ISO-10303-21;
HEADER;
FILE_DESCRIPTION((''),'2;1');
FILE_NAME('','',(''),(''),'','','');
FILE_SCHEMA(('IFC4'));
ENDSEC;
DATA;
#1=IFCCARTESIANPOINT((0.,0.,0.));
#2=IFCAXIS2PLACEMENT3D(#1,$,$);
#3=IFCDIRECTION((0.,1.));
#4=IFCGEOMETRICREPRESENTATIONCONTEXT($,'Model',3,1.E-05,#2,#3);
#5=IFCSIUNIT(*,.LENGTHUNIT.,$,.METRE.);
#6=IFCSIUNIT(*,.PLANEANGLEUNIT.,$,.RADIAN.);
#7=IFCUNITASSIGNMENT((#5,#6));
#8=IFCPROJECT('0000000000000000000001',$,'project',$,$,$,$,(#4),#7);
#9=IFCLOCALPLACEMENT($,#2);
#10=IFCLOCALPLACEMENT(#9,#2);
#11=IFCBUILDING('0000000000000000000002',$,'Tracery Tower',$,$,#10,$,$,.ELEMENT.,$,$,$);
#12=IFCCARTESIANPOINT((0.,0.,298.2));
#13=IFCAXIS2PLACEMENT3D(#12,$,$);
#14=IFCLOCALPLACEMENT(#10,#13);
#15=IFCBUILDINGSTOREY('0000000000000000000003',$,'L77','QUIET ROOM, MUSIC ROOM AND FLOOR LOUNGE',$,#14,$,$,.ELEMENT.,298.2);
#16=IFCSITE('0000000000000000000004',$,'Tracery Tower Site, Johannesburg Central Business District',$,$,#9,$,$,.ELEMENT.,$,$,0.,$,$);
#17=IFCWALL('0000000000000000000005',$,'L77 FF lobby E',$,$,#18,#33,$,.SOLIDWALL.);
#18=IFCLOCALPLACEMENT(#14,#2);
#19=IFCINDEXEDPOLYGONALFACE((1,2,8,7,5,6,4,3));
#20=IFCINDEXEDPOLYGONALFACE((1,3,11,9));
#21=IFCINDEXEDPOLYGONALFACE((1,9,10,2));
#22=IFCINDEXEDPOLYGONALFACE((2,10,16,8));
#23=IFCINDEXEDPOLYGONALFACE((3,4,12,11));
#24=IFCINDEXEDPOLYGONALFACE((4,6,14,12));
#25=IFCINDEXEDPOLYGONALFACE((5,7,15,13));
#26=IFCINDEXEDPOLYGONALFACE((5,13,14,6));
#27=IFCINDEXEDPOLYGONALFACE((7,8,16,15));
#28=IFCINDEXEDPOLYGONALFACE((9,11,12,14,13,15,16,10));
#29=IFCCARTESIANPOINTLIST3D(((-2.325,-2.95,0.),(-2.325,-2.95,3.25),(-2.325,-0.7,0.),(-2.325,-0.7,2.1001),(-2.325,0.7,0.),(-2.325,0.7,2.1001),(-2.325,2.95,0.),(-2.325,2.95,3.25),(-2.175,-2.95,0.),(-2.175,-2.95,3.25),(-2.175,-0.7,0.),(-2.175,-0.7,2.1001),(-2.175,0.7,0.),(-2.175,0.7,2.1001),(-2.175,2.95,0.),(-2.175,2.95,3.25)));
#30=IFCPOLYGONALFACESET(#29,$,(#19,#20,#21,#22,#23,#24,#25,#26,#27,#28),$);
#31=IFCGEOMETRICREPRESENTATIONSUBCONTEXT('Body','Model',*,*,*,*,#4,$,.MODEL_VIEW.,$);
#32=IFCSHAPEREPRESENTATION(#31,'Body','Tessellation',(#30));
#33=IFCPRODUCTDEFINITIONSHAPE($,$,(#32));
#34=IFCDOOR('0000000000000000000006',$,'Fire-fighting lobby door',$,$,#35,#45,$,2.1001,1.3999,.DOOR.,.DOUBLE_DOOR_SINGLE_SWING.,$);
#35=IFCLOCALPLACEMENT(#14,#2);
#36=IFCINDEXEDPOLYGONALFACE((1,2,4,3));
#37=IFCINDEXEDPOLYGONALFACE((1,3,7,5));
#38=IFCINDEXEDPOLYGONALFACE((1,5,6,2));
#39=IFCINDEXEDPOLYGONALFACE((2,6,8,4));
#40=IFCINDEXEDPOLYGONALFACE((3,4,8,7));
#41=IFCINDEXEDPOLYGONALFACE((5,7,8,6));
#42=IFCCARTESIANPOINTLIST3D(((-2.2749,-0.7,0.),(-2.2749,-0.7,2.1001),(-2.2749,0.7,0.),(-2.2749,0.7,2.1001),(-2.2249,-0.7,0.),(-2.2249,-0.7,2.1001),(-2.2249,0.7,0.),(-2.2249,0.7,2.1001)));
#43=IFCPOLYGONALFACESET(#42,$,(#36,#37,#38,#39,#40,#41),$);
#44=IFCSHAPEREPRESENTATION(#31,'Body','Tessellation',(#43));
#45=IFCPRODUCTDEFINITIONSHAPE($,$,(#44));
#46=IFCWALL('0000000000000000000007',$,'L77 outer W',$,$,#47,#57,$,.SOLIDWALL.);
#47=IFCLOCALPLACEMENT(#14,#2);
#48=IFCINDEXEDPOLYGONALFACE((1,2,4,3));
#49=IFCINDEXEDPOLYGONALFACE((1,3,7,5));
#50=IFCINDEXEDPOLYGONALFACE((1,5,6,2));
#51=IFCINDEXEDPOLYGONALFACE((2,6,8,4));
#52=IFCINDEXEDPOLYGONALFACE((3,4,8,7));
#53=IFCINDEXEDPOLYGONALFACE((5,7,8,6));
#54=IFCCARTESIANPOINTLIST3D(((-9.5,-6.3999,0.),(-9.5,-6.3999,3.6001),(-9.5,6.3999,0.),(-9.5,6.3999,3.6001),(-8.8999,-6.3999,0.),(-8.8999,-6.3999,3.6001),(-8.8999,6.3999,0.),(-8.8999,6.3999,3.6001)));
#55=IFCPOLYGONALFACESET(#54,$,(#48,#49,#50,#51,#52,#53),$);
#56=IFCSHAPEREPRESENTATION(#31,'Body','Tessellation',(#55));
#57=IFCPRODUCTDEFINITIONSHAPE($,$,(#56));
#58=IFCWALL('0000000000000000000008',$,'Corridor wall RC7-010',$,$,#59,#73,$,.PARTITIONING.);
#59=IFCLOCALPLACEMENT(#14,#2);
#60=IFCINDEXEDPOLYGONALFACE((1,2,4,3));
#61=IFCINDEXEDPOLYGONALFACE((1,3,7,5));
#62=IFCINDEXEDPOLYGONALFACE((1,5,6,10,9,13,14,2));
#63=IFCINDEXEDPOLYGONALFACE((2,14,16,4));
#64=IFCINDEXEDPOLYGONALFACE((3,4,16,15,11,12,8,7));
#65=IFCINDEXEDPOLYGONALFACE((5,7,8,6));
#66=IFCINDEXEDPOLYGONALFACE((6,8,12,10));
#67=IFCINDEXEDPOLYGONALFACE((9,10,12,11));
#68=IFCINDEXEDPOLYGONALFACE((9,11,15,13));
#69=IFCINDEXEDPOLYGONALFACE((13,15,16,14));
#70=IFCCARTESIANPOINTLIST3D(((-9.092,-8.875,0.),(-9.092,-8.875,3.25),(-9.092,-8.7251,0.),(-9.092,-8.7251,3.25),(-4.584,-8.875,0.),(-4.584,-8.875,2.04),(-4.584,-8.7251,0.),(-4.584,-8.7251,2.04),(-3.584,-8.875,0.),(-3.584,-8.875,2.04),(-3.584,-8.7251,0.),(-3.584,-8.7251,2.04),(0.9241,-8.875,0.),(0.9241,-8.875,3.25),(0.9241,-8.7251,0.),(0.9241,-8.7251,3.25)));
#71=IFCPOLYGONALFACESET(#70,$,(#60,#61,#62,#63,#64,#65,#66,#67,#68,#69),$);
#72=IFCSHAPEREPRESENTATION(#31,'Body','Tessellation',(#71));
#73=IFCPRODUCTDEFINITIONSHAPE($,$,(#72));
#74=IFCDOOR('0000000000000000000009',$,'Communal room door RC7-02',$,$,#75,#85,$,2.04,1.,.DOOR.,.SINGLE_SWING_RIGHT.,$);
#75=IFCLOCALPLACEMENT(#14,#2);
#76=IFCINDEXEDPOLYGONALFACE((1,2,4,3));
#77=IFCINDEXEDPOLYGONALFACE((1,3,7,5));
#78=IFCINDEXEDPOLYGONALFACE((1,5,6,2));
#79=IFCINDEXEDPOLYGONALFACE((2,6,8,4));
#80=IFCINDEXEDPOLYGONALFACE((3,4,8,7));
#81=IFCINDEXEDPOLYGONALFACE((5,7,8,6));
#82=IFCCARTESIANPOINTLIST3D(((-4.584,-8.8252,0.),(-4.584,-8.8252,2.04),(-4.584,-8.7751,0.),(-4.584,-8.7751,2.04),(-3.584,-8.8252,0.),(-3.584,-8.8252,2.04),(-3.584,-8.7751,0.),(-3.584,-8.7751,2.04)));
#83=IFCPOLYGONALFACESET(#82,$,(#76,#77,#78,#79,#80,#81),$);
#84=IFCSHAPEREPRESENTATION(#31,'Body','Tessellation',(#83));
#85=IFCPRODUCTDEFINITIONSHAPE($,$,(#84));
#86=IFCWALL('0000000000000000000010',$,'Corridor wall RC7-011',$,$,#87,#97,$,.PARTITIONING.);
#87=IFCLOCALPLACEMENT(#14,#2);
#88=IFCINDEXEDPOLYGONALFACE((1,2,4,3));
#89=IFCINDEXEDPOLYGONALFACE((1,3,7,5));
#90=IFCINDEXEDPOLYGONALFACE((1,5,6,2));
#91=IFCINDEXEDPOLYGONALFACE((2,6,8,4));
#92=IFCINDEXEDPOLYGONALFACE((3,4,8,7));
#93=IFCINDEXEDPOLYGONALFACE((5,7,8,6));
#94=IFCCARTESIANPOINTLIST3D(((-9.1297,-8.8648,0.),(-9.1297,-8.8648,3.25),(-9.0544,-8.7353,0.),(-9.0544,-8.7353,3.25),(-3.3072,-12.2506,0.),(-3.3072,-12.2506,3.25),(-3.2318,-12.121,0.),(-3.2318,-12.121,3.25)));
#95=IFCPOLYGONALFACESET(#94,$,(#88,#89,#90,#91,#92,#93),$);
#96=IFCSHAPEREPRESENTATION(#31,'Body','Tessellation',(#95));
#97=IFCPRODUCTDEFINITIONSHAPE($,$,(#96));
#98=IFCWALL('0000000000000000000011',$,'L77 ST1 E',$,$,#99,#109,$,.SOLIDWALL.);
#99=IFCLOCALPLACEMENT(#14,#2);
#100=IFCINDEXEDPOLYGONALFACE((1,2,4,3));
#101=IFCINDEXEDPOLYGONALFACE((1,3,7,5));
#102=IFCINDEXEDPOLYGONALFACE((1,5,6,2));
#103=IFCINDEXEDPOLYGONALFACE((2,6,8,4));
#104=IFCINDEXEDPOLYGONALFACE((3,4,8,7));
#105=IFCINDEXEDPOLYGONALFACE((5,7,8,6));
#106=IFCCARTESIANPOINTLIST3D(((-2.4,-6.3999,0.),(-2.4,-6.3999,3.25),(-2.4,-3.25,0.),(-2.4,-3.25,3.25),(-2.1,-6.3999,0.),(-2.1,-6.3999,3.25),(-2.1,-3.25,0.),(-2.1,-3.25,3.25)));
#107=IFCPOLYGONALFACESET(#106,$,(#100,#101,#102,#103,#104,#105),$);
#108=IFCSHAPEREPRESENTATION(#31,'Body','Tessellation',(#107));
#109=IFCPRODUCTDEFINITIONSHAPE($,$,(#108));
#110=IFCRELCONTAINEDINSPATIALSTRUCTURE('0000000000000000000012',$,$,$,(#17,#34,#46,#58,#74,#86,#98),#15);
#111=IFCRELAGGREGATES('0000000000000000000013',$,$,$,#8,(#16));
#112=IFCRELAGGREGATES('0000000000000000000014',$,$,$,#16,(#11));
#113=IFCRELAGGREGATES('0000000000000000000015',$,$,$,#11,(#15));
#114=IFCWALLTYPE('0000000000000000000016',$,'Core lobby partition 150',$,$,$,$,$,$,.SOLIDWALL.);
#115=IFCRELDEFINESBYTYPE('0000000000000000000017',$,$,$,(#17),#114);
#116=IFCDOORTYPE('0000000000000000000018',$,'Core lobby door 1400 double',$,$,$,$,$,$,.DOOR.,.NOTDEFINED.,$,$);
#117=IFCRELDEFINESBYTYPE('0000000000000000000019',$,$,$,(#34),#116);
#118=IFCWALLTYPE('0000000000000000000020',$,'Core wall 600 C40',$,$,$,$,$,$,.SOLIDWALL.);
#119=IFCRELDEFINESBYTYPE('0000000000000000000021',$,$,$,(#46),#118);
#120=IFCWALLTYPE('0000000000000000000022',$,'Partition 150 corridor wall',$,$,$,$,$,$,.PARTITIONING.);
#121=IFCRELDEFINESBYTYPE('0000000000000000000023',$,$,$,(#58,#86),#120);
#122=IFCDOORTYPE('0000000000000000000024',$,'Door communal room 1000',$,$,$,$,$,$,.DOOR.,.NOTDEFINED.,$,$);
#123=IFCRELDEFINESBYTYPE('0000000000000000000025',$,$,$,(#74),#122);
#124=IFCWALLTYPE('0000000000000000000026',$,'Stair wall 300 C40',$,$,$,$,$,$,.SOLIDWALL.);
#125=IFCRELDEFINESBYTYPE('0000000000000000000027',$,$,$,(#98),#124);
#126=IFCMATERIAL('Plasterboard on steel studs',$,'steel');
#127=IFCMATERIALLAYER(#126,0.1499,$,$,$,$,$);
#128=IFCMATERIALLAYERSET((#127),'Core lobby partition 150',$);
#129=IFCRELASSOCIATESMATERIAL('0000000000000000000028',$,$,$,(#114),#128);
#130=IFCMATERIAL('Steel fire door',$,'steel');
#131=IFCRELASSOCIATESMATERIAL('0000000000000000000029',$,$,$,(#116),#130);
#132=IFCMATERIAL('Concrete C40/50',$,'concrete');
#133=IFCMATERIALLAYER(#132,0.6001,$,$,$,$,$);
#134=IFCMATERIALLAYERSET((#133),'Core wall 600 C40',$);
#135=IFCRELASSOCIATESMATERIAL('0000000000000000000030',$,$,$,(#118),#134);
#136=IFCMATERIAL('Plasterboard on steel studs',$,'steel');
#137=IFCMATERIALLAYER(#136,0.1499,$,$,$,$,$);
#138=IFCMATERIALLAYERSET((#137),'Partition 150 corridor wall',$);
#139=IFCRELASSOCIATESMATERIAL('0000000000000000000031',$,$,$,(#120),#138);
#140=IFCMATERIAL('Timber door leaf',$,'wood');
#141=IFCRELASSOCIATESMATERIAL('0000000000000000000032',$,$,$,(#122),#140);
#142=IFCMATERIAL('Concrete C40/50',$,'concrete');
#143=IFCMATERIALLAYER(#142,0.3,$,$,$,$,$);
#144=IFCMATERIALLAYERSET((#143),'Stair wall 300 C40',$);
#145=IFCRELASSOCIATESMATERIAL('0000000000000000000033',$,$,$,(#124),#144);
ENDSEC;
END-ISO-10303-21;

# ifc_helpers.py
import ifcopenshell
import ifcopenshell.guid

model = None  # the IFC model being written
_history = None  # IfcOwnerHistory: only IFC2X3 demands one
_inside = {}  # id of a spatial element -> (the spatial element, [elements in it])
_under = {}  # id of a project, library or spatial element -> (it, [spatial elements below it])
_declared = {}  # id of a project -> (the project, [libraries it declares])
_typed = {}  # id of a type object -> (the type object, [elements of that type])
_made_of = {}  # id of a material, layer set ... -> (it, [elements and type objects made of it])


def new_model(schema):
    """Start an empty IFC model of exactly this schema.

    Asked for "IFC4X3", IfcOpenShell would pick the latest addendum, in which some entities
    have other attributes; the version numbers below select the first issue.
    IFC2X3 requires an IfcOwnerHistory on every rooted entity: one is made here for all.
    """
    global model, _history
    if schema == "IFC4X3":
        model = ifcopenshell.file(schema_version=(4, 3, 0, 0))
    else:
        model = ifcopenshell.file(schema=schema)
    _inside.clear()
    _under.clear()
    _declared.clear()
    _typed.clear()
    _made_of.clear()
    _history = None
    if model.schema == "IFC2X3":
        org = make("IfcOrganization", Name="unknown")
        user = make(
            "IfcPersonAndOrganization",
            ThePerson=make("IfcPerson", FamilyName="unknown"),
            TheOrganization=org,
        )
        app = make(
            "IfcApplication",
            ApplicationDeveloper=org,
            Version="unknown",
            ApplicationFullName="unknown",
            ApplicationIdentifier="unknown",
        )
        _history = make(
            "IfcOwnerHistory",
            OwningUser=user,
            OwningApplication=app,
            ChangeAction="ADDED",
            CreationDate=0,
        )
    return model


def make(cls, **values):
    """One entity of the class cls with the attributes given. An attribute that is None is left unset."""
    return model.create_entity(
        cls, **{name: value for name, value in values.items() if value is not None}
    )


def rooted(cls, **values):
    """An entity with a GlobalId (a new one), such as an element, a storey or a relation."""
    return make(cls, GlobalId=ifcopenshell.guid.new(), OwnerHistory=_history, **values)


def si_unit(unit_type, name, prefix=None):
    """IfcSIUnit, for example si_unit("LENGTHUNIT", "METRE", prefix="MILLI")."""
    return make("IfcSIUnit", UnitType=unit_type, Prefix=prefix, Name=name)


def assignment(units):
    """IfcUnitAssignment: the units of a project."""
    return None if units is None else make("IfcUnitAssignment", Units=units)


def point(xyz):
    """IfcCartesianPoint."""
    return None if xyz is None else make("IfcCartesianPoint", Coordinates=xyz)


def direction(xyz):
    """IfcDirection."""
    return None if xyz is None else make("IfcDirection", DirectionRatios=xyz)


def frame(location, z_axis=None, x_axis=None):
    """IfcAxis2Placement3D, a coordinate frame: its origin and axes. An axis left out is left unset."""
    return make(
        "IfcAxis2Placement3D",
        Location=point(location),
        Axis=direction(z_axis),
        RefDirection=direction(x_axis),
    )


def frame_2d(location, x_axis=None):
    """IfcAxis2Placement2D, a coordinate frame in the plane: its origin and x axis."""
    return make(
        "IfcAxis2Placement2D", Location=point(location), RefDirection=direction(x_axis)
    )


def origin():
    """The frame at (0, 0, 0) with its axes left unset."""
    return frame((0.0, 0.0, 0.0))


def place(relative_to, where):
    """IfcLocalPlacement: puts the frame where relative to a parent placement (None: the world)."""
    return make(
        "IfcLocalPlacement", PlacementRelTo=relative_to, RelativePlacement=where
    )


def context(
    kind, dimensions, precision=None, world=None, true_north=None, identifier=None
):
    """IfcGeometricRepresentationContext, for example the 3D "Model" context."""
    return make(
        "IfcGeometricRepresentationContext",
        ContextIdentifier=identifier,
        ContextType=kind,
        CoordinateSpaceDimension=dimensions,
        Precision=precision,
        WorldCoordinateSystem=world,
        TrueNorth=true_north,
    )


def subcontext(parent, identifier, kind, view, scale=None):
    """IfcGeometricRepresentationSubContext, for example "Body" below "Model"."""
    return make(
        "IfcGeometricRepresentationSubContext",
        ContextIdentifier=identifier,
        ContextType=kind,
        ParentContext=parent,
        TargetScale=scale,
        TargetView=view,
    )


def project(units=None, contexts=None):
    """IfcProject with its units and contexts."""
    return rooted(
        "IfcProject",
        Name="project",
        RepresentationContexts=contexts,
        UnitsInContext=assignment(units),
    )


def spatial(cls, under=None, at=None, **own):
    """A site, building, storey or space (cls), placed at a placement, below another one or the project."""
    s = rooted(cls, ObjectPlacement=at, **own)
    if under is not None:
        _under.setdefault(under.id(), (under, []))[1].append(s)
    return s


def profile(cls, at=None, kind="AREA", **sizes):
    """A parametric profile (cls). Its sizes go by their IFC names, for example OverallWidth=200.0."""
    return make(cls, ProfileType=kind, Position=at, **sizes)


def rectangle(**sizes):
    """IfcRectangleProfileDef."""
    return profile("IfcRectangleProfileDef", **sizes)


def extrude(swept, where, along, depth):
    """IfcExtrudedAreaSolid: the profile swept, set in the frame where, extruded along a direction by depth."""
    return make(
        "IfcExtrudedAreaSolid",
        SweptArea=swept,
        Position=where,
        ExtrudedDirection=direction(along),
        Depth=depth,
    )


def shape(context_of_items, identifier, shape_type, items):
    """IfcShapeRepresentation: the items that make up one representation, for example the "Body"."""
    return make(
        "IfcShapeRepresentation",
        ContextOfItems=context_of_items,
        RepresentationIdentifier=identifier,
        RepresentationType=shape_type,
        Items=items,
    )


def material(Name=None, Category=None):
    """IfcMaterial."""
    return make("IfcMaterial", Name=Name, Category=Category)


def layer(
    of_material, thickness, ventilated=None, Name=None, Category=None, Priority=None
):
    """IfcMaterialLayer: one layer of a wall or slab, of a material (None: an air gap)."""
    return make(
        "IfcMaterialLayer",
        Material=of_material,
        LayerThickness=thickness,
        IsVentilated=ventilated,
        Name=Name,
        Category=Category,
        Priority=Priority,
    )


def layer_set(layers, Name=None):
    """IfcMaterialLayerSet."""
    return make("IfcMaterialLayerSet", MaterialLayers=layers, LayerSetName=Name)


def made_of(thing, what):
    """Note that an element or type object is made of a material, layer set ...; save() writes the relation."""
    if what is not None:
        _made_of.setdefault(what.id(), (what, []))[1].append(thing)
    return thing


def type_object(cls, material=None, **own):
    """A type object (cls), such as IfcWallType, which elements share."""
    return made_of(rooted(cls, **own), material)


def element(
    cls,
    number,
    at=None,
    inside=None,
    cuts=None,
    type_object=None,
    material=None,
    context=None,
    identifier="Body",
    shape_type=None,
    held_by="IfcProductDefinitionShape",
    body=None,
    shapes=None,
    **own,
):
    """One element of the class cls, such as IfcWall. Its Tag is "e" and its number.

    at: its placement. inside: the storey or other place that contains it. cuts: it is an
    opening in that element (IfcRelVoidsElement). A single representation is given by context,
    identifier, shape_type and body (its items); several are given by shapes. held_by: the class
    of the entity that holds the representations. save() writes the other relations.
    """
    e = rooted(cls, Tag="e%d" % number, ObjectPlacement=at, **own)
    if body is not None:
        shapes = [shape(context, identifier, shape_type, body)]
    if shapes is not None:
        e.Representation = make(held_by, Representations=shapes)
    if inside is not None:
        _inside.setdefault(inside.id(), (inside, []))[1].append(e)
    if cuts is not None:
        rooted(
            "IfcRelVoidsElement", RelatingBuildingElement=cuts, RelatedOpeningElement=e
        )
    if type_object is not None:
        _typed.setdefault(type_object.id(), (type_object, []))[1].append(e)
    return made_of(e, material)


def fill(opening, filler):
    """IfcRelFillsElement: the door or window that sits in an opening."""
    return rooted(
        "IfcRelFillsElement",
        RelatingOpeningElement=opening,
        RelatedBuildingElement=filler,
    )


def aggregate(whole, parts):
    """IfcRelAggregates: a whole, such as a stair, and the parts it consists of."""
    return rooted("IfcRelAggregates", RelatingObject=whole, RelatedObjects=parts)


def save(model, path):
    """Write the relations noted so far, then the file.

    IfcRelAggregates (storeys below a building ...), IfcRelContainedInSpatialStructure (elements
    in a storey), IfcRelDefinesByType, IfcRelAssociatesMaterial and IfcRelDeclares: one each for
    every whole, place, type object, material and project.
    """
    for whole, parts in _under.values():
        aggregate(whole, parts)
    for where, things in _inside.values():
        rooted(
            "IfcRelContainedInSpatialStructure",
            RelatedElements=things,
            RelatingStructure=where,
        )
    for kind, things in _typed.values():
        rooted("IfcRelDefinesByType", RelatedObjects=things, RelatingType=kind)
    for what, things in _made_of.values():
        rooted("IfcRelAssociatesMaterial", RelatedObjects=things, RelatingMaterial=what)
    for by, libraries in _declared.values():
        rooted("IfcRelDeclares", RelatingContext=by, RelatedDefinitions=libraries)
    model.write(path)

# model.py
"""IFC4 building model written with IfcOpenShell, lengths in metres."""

from ifc_helpers import new_model, si_unit, direction, frame, frame_2d, origin, place, context, subcontext, project, spatial, rectangle, extrude, material, layer, layer_set, type_object, element, fill, save


model = new_model("IFC4")

# Units and contexts
model_context = context("Model", 3, precision=1e-05, world=origin(), true_north=direction((0.0, 1.0)))
body_context = subcontext(model_context, "Body", "Model", "MODEL_VIEW")
ifc_project = project(units=[si_unit("LENGTHUNIT", "METRE"), si_unit("PLANEANGLEUNIT", "RADIAN")], contexts=[model_context])

# Site, building, storey
site_placement = place(None, origin())
site = spatial("IfcSite", under=ifc_project, at=site_placement, Name="Tracery Tower Site, Johannesburg Central Business District", CompositionType="ELEMENT", RefElevation=0.0)
building_placement = place(site_placement, origin())
building = spatial("IfcBuilding", under=site, at=building_placement, Name="Tracery Tower", CompositionType="ELEMENT")
storey_placement = place(building_placement, frame((0.0, 0.0, 298.2)))
storey = spatial("IfcBuildingStorey", under=building, at=storey_placement, Name="L77", Description="QUIET ROOM, MUSIC ROOM AND FLOOR LOUNGE", CompositionType="ELEMENT", Elevation=298.2)

# Wall, opening, door
ifc_material_1 = material(Name="Plasterboard on steel studs", Category="steel")
ifc_layer_1 = layer(ifc_material_1, 0.1499)
ifc_layer_set_1 = layer_set([ifc_layer_1], Name="Core lobby partition 150")
wall_type_1 = type_object("IfcWallType", Name="Core lobby partition 150", PredefinedType="SOLIDWALL", material=ifc_layer_set_1)
wall_1_placement = place(storey_placement, frame((-2.25, -2.95, 0.0), z_axis=(0.0, 0.0, 1.0), x_axis=(0.0, 1.0, 0.0)))
wall_1 = element("IfcWall", 1, at=wall_1_placement, inside=storey, type_object=wall_type_1, Name="L77 FF lobby E", PredefinedType="SOLIDWALL", context=body_context, shape_type="SweptSolid", body=[
    extrude(rectangle(XDim=5.8999, YDim=0.1499, at=frame_2d((2.95, 0.0))), origin(), (0.0, 0.0, 1.0), 3.25),
])
opening_1_placement = place(wall_1_placement, frame((2.25, 0.0, 0.0)))
opening_1 = element("IfcOpeningElement", 2, at=opening_1_placement, cuts=wall_1, PredefinedType="OPENING", context=body_context, shape_type="SweptSolid", body=[
    extrude(rectangle(XDim=1.3999, YDim=2.1001, at=frame_2d((0.7, 1.05))), frame((0.0, 0.075, 0.0), z_axis=(0.0, -1.0, 0.0), x_axis=(1.0, 0.0, 0.0)), (0.0, 0.0, 1.0), 0.1499),
])
ifc_material_2 = material(Name="Steel fire door", Category="steel")
door_type_1 = type_object("IfcDoorType", Name="Core lobby door 1400 double", OperationType="NOTDEFINED", PredefinedType="DOOR", material=ifc_material_2)
door_1_placement = place(opening_1_placement, origin())
door_1 = element("IfcDoor", 3, at=door_1_placement, inside=storey, type_object=door_type_1, Name="Fire-fighting lobby door", OperationType="DOUBLE_DOOR_SINGLE_SWING", OverallHeight=2.1001, OverallWidth=1.3999, PredefinedType="DOOR", context=body_context, shape_type="SweptSolid", body=[
    extrude(rectangle(XDim=1.3999, YDim=2.1001, at=frame_2d((0.7, 1.05))), frame((0.0, 0.0249, 0.0), z_axis=(0.0, -1.0, 0.0), x_axis=(1.0, 0.0, 0.0)), (0.0, 0.0, 1.0), 0.05),
])
fill(opening_1, door_1)

# Wall
ifc_material_3 = material(Name="Concrete C40/50", Category="concrete")
ifc_layer_2 = layer(ifc_material_3, 0.6001)
ifc_layer_set_2 = layer_set([ifc_layer_2], Name="Core wall 600 C40")
wall_type_2 = type_object("IfcWallType", Name="Core wall 600 C40", PredefinedType="SOLIDWALL", material=ifc_layer_set_2)
wall_2_placement = place(storey_placement, frame((-9.2, -6.3999, 0.0), z_axis=(0.0, 0.0, 1.0), x_axis=(0.0, 1.0, 0.0)))
element("IfcWall", 4, at=wall_2_placement, inside=storey, type_object=wall_type_2, Name="L77 outer W", PredefinedType="SOLIDWALL", context=body_context, shape_type="SweptSolid", body=[
    extrude(rectangle(XDim=12.7998, YDim=0.6001, at=frame_2d((6.3999, 0.0))), origin(), (0.0, 0.0, 1.0), 3.6001),
])

# Wall, opening, door
ifc_material_4 = material(Name="Plasterboard on steel studs", Category="steel")
ifc_layer_3 = layer(ifc_material_4, 0.1499)
ifc_layer_set_3 = layer_set([ifc_layer_3], Name="Partition 150 corridor wall")
wall_type_3 = type_object("IfcWallType", Name="Partition 150 corridor wall", PredefinedType="PARTITIONING", material=ifc_layer_set_3)
wall_3_placement = place(storey_placement, frame((-9.092, -8.8, 0.0), z_axis=(0.0, 0.0, 1.0), x_axis=(1.0, 0.0, 0.0)))
wall_3 = element("IfcWall", 5, at=wall_3_placement, inside=storey, type_object=wall_type_3, Name="Corridor wall RC7-010", PredefinedType="PARTITIONING", context=body_context, shape_type="SweptSolid", body=[
    extrude(rectangle(XDim=10.0161, YDim=0.1499, at=frame_2d((5.0081, 0.0))), origin(), (0.0, 0.0, 1.0), 3.25),
])
opening_2_placement = place(wall_3_placement, frame((4.5081, 0.0, 0.0)))
opening_2 = element("IfcOpeningElement", 6, at=opening_2_placement, cuts=wall_3, PredefinedType="OPENING", context=body_context, shape_type="SweptSolid", body=[
    extrude(rectangle(XDim=1.0, YDim=2.04, at=frame_2d((0.5, 1.02))), frame((0.0, 0.075, 0.0), z_axis=(0.0, -1.0, 0.0), x_axis=(1.0, 0.0, 0.0)), (0.0, 0.0, 1.0), 0.1499),
])
ifc_material_5 = material(Name="Timber door leaf", Category="wood")
door_type_2 = type_object("IfcDoorType", Name="Door communal room 1000", OperationType="NOTDEFINED", PredefinedType="DOOR", material=ifc_material_5)
door_2_placement = place(opening_2_placement, origin())
door_2 = element("IfcDoor", 7, at=door_2_placement, inside=storey, type_object=door_type_2, Name="Communal room door RC7-02", OperationType="SINGLE_SWING_RIGHT", OverallHeight=2.04, OverallWidth=1.0, PredefinedType="DOOR", context=body_context, shape_type="SweptSolid", body=[
    extrude(rectangle(XDim=1.0, YDim=2.04, at=frame_2d((0.5, 1.02))), frame((0.0, 0.0249, 0.0), z_axis=(0.0, -1.0, 0.0), x_axis=(1.0, 0.0, 0.0)), (0.0, 0.0, 1.0), 0.05),
])
fill(opening_2, door_2)

# Wall
wall_4_placement = place(storey_placement, frame((-9.092, -8.8, 0.0), z_axis=(0.0, 0.0, 1.0), x_axis=(0.864471, -0.502683, 0.0)))
element("IfcWall", 8, at=wall_4_placement, inside=storey, type_object=wall_type_3, Name="Corridor wall RC7-011", PredefinedType="PARTITIONING", context=body_context, shape_type="SweptSolid", body=[
    extrude(rectangle(XDim=6.7354, YDim=0.1499, at=frame_2d((3.3677, 0.0))), origin(), (0.0, 0.0, 1.0), 3.25),
])

# Shared definitions
ifc_material_6 = material(Name="Concrete C40/50", Category="concrete")
ifc_layer_4 = layer(ifc_material_6, 0.3)
ifc_layer_set_4 = layer_set([ifc_layer_4], Name="Stair wall 300 C40")
wall_type_4 = type_object("IfcWallType", Name="Stair wall 300 C40", PredefinedType="SOLIDWALL", material=ifc_layer_set_4)

# Wall
wall_5_placement = place(storey_placement, frame((-2.25, -6.3999, 0.0), z_axis=(0.0, 0.0, 1.0), x_axis=(0.0, 1.0, 0.0)))
element("IfcWall", 9, at=wall_5_placement, inside=storey, type_object=wall_type_4, Name="L77 ST1 E", PredefinedType="SOLIDWALL", context=body_context, shape_type="SweptSolid", body=[
    extrude(rectangle(XDim=3.1499, YDim=0.3, at=frame_2d((1.575, 0.0))), origin(), (0.0, 0.0, 1.0), 3.25),
])

save(model, "model.ifc")
